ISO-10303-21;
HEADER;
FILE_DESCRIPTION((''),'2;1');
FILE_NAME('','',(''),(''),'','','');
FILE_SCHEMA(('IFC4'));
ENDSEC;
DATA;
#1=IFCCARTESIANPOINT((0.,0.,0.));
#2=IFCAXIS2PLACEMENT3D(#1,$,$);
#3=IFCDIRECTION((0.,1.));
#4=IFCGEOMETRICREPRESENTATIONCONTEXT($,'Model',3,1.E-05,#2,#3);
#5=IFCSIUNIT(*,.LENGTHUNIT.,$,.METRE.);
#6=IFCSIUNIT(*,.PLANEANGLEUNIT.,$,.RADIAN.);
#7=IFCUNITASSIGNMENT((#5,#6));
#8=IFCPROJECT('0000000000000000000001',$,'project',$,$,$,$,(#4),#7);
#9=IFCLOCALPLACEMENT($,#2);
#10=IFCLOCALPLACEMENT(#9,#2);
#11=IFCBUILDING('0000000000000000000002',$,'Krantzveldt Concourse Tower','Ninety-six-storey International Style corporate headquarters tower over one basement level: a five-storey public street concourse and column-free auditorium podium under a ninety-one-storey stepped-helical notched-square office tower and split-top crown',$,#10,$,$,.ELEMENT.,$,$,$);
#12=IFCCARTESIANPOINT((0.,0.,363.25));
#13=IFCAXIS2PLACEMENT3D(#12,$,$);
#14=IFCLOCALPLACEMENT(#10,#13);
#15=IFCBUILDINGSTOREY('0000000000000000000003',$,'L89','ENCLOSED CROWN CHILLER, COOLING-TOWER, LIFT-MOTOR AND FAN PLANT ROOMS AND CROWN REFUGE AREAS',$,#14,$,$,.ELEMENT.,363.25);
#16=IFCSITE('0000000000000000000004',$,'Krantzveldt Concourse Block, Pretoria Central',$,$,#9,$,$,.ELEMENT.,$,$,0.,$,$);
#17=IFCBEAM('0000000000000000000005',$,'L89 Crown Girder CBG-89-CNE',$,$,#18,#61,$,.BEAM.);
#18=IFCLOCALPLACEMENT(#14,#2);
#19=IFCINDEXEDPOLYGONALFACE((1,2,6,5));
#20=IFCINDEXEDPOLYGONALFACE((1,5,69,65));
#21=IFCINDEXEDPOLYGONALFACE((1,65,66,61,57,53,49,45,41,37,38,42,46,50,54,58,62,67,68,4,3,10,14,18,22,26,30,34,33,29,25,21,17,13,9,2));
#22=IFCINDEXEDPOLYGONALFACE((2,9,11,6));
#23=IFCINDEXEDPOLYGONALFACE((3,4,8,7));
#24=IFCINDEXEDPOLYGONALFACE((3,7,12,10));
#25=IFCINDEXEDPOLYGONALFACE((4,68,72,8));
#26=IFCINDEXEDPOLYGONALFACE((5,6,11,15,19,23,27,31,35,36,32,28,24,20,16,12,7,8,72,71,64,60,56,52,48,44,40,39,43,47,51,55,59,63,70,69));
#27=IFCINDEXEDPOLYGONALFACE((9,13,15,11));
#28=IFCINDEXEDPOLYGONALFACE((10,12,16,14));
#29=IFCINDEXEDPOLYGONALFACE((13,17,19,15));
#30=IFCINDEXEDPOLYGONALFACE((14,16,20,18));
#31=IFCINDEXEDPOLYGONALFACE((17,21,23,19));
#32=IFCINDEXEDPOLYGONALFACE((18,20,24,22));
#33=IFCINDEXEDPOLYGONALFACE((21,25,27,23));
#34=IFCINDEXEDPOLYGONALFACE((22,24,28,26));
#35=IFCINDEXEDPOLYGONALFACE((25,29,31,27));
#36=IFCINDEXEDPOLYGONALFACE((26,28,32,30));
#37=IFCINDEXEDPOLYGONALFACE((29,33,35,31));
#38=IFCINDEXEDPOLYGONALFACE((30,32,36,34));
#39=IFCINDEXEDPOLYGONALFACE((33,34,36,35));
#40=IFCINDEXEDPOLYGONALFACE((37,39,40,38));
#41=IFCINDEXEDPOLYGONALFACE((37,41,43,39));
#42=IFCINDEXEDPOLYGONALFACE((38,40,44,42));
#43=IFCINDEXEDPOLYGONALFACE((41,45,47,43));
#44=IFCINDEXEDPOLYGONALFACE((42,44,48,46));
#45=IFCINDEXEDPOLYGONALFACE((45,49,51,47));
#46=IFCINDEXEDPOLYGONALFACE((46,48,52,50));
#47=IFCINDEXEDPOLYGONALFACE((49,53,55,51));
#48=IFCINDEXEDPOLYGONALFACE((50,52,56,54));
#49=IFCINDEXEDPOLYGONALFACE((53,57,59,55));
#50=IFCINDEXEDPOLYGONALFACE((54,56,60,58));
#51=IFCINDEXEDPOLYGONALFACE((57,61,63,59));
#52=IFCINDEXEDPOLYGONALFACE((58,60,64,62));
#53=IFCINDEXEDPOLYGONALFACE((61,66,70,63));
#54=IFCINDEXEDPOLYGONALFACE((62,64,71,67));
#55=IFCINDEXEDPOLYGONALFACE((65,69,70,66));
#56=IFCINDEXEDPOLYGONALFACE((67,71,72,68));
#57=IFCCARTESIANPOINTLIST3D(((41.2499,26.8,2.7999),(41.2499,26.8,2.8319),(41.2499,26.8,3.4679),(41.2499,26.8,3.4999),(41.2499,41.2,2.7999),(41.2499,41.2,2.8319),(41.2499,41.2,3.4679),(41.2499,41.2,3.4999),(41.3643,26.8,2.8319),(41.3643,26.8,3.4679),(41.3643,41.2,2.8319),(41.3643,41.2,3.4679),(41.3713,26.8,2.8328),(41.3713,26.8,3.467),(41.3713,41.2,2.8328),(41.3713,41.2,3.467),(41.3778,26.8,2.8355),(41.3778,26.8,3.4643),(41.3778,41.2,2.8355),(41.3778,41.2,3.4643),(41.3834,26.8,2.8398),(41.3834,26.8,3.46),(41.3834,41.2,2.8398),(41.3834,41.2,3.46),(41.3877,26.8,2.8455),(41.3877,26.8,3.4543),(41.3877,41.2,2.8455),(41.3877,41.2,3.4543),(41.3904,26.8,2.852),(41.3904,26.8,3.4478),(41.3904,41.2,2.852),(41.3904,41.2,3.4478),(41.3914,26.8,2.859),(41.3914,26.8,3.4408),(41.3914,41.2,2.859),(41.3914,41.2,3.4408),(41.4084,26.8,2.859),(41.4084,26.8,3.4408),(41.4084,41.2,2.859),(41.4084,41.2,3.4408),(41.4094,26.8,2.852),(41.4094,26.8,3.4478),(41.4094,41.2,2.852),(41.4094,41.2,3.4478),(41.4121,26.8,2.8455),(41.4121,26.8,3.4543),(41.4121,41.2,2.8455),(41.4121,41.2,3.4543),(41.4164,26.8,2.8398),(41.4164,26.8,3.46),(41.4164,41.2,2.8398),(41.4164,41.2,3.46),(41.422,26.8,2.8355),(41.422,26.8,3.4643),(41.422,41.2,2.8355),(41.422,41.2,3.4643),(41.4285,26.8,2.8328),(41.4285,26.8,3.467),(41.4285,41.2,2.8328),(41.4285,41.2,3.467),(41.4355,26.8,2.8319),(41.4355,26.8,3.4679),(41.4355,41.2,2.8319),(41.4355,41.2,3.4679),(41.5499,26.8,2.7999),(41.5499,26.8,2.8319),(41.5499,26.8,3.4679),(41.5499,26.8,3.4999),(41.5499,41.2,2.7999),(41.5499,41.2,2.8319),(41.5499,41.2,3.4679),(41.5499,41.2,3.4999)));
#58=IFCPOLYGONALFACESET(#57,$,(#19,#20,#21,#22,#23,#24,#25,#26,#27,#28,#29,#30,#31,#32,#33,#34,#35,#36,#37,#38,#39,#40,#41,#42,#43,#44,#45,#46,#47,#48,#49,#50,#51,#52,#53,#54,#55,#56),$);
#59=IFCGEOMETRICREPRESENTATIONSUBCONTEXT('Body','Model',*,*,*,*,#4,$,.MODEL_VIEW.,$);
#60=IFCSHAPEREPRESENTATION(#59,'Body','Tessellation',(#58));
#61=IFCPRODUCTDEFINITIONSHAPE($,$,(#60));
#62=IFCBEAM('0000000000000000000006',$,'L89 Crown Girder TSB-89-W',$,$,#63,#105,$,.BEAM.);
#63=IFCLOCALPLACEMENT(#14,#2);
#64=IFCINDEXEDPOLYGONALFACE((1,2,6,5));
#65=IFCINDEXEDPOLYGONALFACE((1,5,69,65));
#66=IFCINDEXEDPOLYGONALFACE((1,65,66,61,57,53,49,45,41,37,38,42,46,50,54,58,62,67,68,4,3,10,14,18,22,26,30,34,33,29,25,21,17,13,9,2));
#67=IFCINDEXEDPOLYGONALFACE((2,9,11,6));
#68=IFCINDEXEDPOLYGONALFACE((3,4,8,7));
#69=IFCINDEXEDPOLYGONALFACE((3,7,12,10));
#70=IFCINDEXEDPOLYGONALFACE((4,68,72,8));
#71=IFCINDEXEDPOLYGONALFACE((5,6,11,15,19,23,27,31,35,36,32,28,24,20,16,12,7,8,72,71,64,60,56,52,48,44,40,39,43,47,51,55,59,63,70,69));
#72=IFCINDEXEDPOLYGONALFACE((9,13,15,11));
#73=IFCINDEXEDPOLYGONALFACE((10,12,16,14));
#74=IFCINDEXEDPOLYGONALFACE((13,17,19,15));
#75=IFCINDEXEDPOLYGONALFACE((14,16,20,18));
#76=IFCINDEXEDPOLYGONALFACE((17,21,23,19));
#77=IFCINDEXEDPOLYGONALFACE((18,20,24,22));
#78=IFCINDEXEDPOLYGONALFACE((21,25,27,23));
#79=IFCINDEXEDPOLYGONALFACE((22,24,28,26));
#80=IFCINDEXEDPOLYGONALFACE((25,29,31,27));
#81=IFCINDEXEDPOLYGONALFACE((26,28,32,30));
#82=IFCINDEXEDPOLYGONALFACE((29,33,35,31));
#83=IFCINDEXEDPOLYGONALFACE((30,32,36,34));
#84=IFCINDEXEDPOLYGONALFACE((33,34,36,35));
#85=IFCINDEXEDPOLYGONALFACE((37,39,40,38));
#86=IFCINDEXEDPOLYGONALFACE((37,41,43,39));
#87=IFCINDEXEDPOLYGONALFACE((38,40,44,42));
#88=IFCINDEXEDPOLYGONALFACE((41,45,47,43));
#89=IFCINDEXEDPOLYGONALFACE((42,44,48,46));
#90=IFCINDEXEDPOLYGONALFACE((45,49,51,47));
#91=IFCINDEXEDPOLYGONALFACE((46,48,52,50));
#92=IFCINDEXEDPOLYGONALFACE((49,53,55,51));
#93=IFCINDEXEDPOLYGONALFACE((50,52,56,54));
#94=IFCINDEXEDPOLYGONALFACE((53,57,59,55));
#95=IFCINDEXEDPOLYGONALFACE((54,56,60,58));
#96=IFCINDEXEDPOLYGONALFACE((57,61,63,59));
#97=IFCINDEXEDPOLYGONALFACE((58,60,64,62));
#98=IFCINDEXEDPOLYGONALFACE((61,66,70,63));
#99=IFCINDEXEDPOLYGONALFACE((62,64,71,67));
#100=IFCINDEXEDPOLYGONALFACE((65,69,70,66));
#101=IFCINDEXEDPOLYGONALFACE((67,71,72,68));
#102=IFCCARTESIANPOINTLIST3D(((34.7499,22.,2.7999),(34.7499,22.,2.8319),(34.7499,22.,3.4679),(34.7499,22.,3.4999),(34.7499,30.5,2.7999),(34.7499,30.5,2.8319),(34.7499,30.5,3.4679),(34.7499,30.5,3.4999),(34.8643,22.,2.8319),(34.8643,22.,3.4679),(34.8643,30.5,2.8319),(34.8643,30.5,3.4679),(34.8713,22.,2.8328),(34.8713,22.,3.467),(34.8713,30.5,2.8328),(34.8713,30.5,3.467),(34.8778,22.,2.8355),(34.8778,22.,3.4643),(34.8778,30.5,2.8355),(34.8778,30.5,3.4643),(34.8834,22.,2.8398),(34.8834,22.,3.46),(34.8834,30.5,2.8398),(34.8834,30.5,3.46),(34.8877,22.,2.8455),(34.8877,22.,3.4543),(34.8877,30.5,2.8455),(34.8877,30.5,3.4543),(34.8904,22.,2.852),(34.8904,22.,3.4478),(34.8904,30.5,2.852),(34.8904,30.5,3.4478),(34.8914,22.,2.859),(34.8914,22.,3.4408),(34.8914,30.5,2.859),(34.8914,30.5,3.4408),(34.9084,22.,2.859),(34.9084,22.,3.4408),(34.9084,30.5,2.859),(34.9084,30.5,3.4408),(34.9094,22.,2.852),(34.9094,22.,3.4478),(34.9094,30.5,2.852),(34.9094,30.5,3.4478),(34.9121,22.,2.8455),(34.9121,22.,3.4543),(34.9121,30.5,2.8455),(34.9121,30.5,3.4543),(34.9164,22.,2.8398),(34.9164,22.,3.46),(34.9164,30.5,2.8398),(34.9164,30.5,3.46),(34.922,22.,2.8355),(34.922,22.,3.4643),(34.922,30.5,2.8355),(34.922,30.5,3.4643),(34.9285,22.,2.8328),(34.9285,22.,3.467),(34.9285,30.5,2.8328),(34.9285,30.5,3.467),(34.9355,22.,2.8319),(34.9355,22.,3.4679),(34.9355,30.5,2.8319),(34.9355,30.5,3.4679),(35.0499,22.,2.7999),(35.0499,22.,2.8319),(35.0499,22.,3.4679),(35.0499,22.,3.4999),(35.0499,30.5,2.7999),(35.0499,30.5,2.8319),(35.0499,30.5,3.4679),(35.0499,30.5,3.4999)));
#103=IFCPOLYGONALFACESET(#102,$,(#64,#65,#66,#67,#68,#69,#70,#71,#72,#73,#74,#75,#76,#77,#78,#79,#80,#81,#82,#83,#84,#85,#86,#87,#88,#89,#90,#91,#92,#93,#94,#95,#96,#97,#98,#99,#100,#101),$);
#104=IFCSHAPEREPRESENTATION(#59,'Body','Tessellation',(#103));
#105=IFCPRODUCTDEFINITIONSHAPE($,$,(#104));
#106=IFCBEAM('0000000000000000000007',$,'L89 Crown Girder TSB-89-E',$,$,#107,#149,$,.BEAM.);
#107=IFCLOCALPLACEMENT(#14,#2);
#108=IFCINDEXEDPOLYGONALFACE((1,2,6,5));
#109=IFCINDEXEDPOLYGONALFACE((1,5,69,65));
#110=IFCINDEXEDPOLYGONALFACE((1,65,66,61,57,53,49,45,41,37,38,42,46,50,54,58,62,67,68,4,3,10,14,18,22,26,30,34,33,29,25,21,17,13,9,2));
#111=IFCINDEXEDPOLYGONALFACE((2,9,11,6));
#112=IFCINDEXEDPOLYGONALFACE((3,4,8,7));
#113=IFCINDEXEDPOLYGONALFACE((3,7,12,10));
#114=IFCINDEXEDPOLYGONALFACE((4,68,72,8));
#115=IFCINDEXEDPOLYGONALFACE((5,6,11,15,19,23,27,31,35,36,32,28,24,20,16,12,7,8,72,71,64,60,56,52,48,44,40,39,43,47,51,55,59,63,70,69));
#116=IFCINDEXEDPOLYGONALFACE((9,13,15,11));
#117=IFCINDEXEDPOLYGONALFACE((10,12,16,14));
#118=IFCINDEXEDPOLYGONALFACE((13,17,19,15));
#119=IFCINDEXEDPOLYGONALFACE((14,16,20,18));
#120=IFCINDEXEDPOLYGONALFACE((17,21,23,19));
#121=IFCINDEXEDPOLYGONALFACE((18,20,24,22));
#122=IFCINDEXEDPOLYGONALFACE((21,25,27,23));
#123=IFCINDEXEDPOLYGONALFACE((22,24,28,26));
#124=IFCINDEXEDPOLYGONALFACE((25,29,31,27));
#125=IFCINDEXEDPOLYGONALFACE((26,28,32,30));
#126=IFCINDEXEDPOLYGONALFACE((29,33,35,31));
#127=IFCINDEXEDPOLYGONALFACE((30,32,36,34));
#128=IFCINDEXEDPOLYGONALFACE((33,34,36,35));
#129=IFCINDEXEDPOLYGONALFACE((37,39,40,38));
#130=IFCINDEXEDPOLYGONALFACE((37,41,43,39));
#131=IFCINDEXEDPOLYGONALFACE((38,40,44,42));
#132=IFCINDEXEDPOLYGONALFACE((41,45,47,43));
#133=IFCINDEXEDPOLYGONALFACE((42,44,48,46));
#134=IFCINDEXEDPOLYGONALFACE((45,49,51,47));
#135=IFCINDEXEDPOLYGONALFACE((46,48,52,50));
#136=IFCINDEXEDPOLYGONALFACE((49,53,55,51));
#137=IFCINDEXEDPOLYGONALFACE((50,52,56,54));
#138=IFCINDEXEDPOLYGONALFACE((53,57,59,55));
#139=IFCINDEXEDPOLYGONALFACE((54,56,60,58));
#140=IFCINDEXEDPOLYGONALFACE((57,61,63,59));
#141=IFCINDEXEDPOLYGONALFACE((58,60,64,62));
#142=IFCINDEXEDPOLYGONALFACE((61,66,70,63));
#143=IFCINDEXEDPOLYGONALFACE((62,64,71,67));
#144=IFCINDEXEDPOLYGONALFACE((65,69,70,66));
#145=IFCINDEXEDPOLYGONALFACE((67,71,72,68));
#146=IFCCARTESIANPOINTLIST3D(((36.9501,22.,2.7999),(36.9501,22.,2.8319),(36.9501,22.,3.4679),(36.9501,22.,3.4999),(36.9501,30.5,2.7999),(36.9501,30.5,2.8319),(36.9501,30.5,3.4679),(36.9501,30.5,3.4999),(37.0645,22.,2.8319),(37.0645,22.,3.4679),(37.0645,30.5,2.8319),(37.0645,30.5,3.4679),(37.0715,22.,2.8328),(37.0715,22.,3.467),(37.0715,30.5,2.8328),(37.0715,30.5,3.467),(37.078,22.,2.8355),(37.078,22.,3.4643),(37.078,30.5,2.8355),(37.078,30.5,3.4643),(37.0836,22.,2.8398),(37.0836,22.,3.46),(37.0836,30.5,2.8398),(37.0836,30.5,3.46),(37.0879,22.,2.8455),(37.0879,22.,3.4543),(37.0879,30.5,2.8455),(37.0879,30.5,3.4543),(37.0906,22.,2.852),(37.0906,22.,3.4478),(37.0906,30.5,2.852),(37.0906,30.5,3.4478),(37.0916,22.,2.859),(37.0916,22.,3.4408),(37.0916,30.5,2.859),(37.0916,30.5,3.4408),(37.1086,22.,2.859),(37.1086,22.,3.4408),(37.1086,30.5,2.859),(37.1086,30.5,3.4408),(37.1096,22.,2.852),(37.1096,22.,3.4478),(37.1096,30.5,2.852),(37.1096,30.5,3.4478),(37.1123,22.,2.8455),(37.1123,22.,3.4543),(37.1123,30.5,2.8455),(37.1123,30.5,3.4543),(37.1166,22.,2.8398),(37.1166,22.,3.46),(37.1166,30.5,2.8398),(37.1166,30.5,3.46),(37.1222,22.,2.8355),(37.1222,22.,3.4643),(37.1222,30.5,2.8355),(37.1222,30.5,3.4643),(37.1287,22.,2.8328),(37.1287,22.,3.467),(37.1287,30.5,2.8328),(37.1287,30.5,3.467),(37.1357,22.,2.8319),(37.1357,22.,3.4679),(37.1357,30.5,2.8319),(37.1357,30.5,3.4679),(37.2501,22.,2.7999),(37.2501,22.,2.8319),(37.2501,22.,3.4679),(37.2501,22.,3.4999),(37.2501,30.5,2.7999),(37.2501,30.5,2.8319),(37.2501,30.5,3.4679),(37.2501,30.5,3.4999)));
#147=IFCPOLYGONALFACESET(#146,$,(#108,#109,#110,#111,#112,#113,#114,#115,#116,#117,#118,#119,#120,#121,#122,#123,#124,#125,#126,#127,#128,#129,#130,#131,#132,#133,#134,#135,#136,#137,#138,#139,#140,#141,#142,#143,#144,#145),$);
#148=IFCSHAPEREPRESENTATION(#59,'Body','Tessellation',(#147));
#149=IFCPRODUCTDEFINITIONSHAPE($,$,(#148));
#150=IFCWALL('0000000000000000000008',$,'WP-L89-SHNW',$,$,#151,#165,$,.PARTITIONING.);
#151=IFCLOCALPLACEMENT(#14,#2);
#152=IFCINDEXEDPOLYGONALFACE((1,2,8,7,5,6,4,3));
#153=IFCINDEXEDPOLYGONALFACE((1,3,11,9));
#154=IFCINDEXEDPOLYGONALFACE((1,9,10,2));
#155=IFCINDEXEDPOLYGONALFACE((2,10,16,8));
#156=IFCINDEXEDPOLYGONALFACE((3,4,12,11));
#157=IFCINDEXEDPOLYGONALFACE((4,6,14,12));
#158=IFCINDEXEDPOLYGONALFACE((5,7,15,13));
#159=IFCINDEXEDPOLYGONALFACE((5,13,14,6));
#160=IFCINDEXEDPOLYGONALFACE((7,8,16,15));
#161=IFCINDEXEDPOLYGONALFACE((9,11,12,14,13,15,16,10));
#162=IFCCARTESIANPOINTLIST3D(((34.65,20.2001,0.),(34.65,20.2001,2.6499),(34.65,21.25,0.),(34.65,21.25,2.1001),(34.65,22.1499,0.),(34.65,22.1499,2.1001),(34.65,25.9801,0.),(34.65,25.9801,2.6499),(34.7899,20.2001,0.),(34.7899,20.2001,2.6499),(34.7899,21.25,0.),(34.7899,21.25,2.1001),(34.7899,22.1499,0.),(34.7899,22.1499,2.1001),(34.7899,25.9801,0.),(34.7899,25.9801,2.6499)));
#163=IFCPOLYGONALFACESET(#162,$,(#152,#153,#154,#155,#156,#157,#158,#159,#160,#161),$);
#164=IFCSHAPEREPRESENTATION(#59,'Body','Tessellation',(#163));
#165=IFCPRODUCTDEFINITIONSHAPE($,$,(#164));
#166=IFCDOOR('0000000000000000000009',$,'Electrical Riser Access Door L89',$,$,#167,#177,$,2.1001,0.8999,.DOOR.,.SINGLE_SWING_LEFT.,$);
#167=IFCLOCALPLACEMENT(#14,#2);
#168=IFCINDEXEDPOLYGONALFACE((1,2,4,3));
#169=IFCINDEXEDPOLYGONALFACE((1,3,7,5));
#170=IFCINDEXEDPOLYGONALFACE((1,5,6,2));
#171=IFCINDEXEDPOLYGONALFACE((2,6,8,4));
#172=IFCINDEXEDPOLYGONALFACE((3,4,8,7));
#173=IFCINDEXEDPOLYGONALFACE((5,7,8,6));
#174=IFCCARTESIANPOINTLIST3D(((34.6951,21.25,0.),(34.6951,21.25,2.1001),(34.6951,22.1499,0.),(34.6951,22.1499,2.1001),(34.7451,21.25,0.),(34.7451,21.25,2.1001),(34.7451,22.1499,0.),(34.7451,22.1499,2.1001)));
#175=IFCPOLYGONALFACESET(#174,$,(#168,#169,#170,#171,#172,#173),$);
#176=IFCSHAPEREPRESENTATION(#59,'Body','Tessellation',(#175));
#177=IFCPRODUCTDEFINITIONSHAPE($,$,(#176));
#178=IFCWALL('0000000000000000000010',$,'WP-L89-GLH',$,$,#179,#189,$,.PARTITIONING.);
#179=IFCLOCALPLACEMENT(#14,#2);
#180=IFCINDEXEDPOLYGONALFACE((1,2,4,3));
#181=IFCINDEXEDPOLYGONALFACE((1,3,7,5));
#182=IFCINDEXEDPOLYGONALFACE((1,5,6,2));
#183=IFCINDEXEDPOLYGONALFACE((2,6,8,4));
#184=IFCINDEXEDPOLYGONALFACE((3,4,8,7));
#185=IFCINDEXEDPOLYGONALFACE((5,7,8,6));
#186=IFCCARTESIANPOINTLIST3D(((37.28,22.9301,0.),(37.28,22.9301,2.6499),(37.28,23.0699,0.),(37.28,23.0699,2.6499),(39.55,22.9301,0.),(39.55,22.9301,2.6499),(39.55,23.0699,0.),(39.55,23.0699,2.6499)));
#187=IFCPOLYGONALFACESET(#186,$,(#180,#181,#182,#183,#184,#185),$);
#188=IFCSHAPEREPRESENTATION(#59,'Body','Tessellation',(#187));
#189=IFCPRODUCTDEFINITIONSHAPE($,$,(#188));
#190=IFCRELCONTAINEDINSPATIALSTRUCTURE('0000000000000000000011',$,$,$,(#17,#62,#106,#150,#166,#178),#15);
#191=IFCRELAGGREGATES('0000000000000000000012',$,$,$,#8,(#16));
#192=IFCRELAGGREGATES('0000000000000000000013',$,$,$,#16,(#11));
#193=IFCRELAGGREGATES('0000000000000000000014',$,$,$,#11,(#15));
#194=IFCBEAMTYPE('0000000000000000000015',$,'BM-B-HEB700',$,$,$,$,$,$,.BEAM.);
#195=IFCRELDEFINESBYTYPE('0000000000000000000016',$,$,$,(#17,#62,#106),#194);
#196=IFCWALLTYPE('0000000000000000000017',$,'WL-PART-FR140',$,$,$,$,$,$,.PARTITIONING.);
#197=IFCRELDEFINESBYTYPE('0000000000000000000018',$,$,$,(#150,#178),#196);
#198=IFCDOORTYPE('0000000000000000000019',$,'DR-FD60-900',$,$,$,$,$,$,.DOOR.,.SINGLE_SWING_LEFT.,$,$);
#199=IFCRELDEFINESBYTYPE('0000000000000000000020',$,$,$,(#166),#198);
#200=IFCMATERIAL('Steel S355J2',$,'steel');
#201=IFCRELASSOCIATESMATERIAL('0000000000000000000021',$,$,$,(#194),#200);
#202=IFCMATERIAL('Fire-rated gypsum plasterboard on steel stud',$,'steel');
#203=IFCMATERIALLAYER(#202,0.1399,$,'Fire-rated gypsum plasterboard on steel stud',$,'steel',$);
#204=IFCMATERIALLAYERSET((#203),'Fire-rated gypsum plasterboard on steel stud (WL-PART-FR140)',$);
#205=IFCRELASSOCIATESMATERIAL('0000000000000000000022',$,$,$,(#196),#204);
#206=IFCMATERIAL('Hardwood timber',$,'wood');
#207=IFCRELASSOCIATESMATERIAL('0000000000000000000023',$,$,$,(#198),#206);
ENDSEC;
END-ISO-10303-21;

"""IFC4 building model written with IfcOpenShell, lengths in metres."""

from ifc_helpers import new_model, si_unit, direction, frame, frame_2d, origin, origin_2d, place, context, subcontext, project, spatial, rectangle, i_section, extrude, source, transform, mapped, material, layer, layer_set, material_profile, profile_set, type_object, type_shapes, element, fill, save


model = new_model("IFC4")

# Units and contexts
model_context = context("Model", 3, precision=1e-05, world=origin(), true_north=direction((0.0, 1.0)))
body_context = subcontext(model_context, "Body", "Model", "MODEL_VIEW")
ifc_project = project(units=[si_unit("LENGTHUNIT", "METRE"), si_unit("PLANEANGLEUNIT", "RADIAN")], contexts=[model_context])

# Site, building, storey
site_placement = place(None, origin())
site = spatial("IfcSite", under=ifc_project, at=site_placement, Name="Krantzveldt Concourse Block, Pretoria Central", CompositionType="ELEMENT", RefElevation=0.0)
building_placement = place(site_placement, origin())
building = spatial("IfcBuilding", under=site, at=building_placement, Name="Krantzveldt Concourse Tower", Description="Ninety-six-storey International Style corporate headquarters tower over one basement level: a five-storey public street concourse and column-free auditorium podium under a ninety-one-storey stepped-helical notched-square office tower and split-top crown", CompositionType="ELEMENT")
storey_placement = place(building_placement, frame((0.0, 0.0, 363.25)))
storey = spatial("IfcBuildingStorey", under=building, at=storey_placement, Name="L89", Description="ENCLOSED CROWN CHILLER, COOLING-TOWER, LIFT-MOTOR AND FAN PLANT ROOMS AND CROWN REFUGE AREAS", CompositionType="ELEMENT", Elevation=363.25)

# Beams
ifc_material_1 = material(Name="Steel S355J2", Category="steel")
ifc_material_profile = material_profile(ifc_material_1, i_section(OverallWidth=0.3, OverallDepth=0.7, WebThickness=0.0171, FlangeThickness=0.032, FilletRadius=0.0271, at=origin_2d()), Name="Steel S355J2", Category="steel")
ifc_profile_set = profile_set([ifc_material_profile], Name="Steel S355J2 - HEB 700")
beam_type = type_object("IfcBeamType", Name="BM-B-HEB700", PredefinedType="BEAM", material=ifc_profile_set)
shared_shape_1 = source(origin(), body_context, "Body", "SweptSolid", [
    extrude(i_section(OverallWidth=0.3, OverallDepth=0.7, WebThickness=0.0171, FlangeThickness=0.032, FilletRadius=0.0271, at=origin_2d()), origin(), (0.0, 0.0, 1.0), 14.3999),
])
beam_placement = place(storey_placement, frame((41.3999, 26.8, 3.1499), z_axis=(0.0, 1.0, 0.0), x_axis=(-1.0, 0.0, 0.0)))
element("IfcBeam", 1, at=beam_placement, inside=storey, type_object=beam_type, Name="L89 Crown Girder CBG-89-CNE", PredefinedType="BEAM", context=body_context, shape_type="MappedRepresentation", body=[
    mapped(shared_shape_1, transform((0.0, 0.0, 0.0), x_axis=(1.0, 0.0, 0.0), y_axis=(0.0, 1.0, 0.0), z_axis=(0.0, 0.0, 1.0), scale=1.0)),
])
shared_shape_2 = source(origin(), body_context, "Body", "SweptSolid", [
    extrude(i_section(OverallWidth=0.3, OverallDepth=0.7, WebThickness=0.0171, FlangeThickness=0.032, FilletRadius=0.0271, at=origin_2d()), origin(), (0.0, 0.0, 1.0), 8.5),
])
type_shapes(beam_type, [shared_shape_1, shared_shape_2])
for number, where, z_axis, x_axis, name in (
    (2, (34.8999, 22.0, 3.1499), (0.0, 1.0, 0.0), (-1.0, 0.0, 0.0), "L89 Crown Girder TSB-89-W"),
    (3, (37.1001, 22.0, 3.1499), (0.0, 1.0, 0.0), (-1.0, 0.0, 0.0), "L89 Crown Girder TSB-89-E"),
):
    element("IfcBeam", number, at=place(storey_placement, frame(where, z_axis=z_axis, x_axis=x_axis)), inside=storey, type_object=beam_type, Name=name, PredefinedType="BEAM", context=body_context, shape_type="MappedRepresentation", body=[
        mapped(shared_shape_2, transform((0.0, 0.0, 0.0), x_axis=(1.0, 0.0, 0.0), y_axis=(0.0, 1.0, 0.0), z_axis=(0.0, 0.0, 1.0), scale=1.0)),
    ])

# Wall, opening, door
ifc_material_2 = material(Name="Fire-rated gypsum plasterboard on steel stud", Category="steel")
ifc_layer_1 = layer(ifc_material_2, 0.1399, Name="Fire-rated gypsum plasterboard on steel stud", Category="steel")
ifc_layer_set_1 = layer_set([ifc_layer_1], Name="Fire-rated gypsum plasterboard on steel stud (WL-PART-FR140)")
wall_type_1 = type_object("IfcWallType", Name="WL-PART-FR140", PredefinedType="PARTITIONING", material=ifc_layer_set_1)
wall_1_placement = place(storey_placement, frame((34.72, 20.2, 0.0), z_axis=(0.0, 0.0, 1.0), x_axis=(0.0, 1.0, 0.0)))
wall_1 = element("IfcWall", 4, at=wall_1_placement, inside=storey, type_object=wall_type_1, Name="WP-L89-SHNW", PredefinedType="PARTITIONING", context=body_context, shape_type="SweptSolid", body=[
    extrude(rectangle(XDim=5.78, YDim=0.1399, at=frame_2d((2.8901, 0.0))), origin(), (0.0, 0.0, 1.0), 2.6499),
])
opening_1_placement = place(wall_1_placement, frame((1.05, 0.0, 0.0)))
opening_1 = element("IfcOpeningElement", 5, at=opening_1_placement, cuts=wall_1, PredefinedType="OPENING", context=body_context, shape_type="SweptSolid", body=[
    extrude(rectangle(XDim=0.8999, YDim=2.1001, at=frame_2d((0.45, 1.05))), frame((0.0, 0.0801, 0.0), z_axis=(0.0, -1.0, 0.0), x_axis=(1.0, 0.0, 0.0)), (0.0, 0.0, 1.0), 0.1599),
])
ifc_material_3 = material(Name="Hardwood timber", Category="wood")
door_type_1 = type_object("IfcDoorType", Name="DR-FD60-900", OperationType="SINGLE_SWING_LEFT", PredefinedType="DOOR", material=ifc_material_3)
door_1_placement = place(opening_1_placement, origin())
door_1 = element("IfcDoor", 6, at=door_1_placement, inside=storey, type_object=door_type_1, Name="Electrical Riser Access Door L89", OperationType="SINGLE_SWING_LEFT", OverallHeight=2.1001, OverallWidth=0.8999, PredefinedType="DOOR", context=body_context, shape_type="SweptSolid", body=[
    extrude(rectangle(XDim=0.8999, YDim=2.1001, at=frame_2d((0.45, 1.05))), frame((0.0, 0.0249, 0.0), z_axis=(0.0, -1.0, 0.0), x_axis=(1.0, 0.0, 0.0)), (0.0, 0.0, 1.0), 0.05),
])
fill(opening_1, door_1)

# Wall
wall_2_placement = place(storey_placement, frame((37.28, 23.0, 0.0), z_axis=(0.0, 0.0, 1.0), x_axis=(1.0, 0.0, 0.0)))
element("IfcWall", 7, at=wall_2_placement, inside=storey, type_object=wall_type_1, Name="WP-L89-GLH", PredefinedType="PARTITIONING", context=body_context, shape_type="SweptSolid", body=[
    extrude(rectangle(XDim=2.27, YDim=0.1399, at=frame_2d((1.135, 0.0))), origin(), (0.0, 0.0, 1.0), 2.6499),
])

save(model, "model.ifc")
